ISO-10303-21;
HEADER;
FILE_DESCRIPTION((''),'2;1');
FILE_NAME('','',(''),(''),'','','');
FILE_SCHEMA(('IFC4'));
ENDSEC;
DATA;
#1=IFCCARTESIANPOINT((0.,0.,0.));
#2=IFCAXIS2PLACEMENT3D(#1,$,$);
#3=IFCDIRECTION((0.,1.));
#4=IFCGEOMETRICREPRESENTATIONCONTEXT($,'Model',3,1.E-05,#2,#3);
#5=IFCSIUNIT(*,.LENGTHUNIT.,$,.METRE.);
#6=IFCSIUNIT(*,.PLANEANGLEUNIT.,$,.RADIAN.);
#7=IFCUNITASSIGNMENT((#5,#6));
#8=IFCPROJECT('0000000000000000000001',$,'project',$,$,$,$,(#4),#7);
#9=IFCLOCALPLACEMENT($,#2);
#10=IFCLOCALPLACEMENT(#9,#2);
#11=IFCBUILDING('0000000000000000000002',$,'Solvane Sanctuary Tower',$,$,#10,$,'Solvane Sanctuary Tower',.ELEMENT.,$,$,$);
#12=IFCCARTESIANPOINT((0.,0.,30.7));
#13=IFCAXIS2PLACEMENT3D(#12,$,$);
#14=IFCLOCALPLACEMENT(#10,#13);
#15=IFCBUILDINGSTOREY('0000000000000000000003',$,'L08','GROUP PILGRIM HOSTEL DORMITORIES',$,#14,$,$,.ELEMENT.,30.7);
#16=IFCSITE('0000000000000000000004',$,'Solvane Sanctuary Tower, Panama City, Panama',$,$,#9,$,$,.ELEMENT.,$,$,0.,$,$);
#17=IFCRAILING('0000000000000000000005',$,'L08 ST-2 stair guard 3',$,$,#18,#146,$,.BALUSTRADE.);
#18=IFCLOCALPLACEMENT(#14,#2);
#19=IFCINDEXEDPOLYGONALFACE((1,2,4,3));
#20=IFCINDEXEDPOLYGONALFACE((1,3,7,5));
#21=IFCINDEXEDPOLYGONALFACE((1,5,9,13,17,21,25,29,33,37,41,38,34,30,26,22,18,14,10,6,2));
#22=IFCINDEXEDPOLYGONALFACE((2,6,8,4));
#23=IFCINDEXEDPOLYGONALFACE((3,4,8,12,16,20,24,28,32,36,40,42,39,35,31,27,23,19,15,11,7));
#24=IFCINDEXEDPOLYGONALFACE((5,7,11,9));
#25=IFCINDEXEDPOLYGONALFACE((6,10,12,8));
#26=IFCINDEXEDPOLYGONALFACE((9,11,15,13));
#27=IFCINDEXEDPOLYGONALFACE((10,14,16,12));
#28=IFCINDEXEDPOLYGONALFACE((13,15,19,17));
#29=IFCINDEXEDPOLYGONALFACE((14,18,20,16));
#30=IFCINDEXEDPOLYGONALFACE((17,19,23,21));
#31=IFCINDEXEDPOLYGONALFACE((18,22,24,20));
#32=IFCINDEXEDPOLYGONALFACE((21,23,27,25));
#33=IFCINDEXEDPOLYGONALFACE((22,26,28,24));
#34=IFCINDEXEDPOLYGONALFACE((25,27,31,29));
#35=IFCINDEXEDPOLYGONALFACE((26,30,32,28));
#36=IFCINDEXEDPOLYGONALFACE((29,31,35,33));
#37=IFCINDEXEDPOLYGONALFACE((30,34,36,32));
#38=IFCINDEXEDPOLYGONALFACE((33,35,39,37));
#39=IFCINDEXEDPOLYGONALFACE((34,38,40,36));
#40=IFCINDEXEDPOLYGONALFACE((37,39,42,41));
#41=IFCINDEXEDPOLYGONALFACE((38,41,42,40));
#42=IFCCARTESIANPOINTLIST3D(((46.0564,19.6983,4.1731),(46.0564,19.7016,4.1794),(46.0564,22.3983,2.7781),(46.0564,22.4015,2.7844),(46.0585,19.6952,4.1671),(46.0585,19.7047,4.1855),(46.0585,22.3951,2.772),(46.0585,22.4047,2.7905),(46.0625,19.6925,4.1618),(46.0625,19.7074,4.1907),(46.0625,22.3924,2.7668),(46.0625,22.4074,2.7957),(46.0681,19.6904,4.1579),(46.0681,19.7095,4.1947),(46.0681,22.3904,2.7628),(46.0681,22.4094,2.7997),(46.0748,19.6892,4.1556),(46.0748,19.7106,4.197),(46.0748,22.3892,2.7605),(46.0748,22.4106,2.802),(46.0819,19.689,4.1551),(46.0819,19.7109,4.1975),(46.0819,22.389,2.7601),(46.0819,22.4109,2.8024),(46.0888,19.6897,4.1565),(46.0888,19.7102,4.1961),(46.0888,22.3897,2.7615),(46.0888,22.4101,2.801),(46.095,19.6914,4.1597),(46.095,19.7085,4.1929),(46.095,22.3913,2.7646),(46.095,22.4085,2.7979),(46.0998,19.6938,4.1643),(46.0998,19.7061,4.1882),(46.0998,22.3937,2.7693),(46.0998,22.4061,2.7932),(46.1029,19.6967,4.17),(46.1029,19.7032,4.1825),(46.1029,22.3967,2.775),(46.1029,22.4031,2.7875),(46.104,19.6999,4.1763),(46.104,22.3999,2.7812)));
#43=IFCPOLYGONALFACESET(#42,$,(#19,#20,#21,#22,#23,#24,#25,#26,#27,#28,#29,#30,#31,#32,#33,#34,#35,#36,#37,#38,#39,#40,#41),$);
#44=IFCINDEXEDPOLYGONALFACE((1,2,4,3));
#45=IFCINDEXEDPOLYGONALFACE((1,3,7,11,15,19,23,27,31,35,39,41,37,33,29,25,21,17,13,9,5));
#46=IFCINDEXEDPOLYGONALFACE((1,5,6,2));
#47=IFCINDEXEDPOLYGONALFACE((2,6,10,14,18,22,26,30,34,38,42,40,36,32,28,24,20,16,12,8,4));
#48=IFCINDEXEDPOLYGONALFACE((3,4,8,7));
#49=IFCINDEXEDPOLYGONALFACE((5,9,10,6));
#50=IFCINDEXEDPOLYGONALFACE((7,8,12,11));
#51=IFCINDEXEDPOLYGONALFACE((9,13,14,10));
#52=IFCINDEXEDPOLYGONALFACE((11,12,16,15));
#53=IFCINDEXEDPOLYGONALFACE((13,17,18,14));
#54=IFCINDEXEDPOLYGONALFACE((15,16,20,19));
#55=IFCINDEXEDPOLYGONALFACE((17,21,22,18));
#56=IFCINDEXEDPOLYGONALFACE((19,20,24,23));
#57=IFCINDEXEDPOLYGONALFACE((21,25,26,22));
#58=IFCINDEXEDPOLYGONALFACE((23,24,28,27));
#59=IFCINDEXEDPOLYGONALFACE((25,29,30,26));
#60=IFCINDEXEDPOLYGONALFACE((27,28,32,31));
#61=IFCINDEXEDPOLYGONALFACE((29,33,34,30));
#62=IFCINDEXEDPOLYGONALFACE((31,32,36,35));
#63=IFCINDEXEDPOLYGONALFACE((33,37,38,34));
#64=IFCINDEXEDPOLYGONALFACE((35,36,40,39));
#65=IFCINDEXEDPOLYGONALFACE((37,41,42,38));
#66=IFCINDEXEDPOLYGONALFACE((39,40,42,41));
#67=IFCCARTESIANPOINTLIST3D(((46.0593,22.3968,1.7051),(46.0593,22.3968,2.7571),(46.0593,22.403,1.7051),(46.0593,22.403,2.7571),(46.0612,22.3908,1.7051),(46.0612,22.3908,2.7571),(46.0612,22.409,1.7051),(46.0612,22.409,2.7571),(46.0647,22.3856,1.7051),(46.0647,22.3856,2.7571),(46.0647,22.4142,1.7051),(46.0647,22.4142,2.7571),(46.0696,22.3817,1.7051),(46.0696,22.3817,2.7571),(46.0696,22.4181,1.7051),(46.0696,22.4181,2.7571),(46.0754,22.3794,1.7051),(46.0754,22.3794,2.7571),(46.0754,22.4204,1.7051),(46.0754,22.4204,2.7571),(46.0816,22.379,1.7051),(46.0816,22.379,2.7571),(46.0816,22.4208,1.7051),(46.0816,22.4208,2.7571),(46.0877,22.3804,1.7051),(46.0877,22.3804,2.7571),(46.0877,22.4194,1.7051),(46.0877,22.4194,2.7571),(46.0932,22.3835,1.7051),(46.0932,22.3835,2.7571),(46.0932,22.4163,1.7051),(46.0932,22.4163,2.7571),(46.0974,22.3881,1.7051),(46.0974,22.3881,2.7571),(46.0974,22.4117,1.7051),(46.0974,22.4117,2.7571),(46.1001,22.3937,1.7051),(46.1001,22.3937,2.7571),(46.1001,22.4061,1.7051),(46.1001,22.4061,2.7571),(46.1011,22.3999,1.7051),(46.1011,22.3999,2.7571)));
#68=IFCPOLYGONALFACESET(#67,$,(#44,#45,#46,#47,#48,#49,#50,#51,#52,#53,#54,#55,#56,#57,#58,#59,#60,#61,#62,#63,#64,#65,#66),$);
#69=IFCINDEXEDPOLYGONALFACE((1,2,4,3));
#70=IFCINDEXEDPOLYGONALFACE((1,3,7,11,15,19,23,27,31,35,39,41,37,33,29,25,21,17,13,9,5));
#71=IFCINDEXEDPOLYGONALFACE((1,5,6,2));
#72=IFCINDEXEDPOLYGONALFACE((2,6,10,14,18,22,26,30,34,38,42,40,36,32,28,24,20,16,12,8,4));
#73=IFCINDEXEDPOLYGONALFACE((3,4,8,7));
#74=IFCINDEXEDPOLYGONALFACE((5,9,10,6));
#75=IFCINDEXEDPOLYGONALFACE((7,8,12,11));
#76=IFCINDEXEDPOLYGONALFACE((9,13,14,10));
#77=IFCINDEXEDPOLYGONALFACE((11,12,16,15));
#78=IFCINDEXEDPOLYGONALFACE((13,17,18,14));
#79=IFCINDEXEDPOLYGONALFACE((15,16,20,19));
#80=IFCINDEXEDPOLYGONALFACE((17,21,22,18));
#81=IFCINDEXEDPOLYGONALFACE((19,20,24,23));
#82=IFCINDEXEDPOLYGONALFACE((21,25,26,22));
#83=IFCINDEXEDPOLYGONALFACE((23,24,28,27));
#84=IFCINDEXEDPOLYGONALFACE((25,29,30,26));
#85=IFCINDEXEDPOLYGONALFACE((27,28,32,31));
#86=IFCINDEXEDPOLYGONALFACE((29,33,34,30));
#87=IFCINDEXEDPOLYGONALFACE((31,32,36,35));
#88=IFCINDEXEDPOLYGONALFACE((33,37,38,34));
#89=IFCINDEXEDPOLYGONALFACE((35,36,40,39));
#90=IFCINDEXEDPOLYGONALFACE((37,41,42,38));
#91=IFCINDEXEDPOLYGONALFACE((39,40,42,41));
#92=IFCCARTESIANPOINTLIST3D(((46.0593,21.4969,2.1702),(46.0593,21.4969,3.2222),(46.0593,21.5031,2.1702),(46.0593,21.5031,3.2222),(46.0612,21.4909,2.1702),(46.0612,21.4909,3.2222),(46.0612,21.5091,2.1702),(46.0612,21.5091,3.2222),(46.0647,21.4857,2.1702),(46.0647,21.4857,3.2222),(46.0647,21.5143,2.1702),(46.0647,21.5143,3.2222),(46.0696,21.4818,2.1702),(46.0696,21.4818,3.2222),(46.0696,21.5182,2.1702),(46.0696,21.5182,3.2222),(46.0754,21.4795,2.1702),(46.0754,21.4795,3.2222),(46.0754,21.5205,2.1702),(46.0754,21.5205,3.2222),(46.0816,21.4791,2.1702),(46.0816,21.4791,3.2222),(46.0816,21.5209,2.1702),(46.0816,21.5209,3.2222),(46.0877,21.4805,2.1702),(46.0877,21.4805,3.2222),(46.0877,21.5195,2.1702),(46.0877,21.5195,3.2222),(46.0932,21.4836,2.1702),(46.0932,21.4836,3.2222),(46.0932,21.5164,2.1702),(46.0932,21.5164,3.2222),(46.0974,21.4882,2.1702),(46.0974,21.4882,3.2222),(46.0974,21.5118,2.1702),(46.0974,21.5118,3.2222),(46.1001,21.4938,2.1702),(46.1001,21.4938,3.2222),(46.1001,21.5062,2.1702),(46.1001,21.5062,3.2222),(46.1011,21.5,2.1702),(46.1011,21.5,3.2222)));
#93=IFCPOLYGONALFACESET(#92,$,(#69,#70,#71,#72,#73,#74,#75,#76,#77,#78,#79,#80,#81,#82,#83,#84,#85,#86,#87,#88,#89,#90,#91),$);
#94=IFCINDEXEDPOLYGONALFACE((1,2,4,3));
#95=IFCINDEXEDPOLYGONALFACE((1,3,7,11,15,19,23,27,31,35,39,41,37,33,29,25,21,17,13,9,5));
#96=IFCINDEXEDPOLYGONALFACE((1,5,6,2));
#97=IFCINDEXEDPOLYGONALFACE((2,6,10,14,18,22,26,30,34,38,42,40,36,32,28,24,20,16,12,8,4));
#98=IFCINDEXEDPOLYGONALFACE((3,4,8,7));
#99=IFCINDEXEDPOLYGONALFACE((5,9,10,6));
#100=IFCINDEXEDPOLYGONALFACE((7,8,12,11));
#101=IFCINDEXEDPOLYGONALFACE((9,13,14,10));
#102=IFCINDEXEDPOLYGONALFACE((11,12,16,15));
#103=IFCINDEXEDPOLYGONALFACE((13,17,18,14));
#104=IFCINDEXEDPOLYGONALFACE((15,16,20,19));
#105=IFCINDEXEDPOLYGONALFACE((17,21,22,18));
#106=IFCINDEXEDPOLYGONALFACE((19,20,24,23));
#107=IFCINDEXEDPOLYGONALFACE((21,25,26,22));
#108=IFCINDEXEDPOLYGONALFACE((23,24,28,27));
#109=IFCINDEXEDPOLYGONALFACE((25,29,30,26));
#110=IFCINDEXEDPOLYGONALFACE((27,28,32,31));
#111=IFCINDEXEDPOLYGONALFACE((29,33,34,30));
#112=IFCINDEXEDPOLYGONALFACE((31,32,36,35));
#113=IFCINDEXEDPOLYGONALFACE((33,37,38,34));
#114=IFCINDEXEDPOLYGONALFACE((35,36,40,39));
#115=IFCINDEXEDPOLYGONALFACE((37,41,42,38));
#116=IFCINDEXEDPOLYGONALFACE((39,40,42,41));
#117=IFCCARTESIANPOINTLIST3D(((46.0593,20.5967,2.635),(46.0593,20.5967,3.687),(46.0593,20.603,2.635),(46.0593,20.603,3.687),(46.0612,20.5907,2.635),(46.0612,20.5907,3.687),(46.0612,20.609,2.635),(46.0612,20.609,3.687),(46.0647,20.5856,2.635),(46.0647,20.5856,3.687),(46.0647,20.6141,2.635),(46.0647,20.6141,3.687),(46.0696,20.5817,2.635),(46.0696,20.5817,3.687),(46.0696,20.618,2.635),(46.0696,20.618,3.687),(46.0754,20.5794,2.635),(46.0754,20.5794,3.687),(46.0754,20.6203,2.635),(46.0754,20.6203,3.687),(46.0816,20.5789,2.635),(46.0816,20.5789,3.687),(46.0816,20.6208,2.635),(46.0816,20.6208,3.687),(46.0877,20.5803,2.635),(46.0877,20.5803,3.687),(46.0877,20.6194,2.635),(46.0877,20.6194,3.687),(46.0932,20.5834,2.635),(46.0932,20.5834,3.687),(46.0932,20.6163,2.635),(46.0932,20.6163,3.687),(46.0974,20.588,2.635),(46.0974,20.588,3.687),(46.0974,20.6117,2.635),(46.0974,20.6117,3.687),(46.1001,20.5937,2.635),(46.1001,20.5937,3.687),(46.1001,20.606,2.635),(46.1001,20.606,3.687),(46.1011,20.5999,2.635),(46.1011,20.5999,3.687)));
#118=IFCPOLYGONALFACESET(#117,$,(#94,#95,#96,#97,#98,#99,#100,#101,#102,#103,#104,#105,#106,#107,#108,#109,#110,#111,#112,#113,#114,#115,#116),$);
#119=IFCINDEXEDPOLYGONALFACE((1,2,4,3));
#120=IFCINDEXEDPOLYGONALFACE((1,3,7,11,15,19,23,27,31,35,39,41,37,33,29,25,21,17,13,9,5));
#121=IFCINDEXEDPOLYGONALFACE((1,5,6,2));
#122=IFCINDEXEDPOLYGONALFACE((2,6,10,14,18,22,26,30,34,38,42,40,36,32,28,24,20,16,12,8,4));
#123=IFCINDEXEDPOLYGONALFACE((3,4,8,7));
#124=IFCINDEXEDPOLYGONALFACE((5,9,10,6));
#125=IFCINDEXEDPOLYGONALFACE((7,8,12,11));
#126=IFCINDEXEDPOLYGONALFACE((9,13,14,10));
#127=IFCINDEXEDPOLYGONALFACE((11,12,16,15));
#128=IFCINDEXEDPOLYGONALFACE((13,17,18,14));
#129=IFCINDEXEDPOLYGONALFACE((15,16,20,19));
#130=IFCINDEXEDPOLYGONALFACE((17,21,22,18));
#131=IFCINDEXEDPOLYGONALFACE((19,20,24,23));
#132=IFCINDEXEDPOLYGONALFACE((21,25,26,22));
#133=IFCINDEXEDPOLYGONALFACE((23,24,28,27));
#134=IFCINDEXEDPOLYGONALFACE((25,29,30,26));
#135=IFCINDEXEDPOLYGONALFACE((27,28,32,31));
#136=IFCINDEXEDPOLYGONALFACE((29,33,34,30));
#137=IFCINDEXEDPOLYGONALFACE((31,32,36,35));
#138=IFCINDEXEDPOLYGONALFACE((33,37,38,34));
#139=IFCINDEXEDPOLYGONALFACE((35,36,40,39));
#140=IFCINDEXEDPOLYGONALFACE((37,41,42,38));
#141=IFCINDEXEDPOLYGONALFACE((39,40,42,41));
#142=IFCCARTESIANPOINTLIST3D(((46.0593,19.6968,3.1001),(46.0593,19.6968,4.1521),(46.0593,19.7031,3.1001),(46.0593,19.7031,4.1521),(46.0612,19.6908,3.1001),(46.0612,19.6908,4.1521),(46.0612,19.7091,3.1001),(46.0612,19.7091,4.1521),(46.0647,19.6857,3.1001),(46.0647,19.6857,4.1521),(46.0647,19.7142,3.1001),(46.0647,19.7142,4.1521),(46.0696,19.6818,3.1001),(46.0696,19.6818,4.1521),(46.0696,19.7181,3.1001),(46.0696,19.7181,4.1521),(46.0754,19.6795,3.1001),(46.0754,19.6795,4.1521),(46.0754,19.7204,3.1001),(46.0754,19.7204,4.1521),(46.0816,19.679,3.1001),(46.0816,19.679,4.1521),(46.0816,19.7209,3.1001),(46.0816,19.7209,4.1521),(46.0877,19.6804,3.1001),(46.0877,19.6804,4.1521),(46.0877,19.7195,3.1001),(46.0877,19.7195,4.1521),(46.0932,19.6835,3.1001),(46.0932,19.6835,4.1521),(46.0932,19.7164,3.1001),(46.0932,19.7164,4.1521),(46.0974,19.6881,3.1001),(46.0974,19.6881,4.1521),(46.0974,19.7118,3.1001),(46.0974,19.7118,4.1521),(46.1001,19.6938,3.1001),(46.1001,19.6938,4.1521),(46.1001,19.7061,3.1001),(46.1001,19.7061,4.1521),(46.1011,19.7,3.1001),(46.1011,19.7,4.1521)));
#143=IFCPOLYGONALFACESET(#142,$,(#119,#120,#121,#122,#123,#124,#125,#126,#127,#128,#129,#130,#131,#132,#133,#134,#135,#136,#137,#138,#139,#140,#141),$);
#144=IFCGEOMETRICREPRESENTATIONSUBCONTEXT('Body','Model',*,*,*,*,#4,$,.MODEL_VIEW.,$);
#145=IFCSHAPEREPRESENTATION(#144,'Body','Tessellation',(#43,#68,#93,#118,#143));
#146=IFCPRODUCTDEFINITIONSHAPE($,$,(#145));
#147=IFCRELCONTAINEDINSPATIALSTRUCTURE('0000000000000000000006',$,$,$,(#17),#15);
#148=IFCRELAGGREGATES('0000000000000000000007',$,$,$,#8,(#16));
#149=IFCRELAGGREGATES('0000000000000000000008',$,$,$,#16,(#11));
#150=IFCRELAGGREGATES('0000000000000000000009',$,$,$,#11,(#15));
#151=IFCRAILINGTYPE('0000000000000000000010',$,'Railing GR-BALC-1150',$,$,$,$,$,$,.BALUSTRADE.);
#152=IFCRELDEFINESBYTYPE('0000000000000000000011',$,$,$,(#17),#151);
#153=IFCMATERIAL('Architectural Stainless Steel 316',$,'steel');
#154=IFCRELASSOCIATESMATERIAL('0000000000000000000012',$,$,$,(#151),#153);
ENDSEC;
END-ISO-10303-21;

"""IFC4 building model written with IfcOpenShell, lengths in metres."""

from ifc_helpers import new_model, si_unit, direction, frame, origin, origin_2d, place, context, subcontext, project, spatial, circle, extrude, material, type_object, element, save


model = new_model("IFC4")

# Units and contexts
model_context = context("Model", 3, precision=1e-05, world=origin(), true_north=direction((0.0, 1.0)))
body_context = subcontext(model_context, "Body", "Model", "MODEL_VIEW")
ifc_project = project(units=[si_unit("LENGTHUNIT", "METRE"), si_unit("PLANEANGLEUNIT", "RADIAN")], contexts=[model_context])

# Site, building, storey
site_placement = place(None, origin())
site = spatial("IfcSite", under=ifc_project, at=site_placement, Name="Solvane Sanctuary Tower, Panama City, Panama", CompositionType="ELEMENT", RefElevation=0.0)
building_placement = place(site_placement, origin())
building = spatial("IfcBuilding", under=site, at=building_placement, Name="Solvane Sanctuary Tower", LongName="Solvane Sanctuary Tower", CompositionType="ELEMENT")
storey_placement = place(building_placement, frame((0.0, 0.0, 30.7)))
storey = spatial("IfcBuildingStorey", under=building, at=storey_placement, Name="L08", Description="GROUP PILGRIM HOSTEL DORMITORIES", CompositionType="ELEMENT", Elevation=30.7)

# Shared definitions
ifc_material_1 = material(Name="Architectural Stainless Steel 316", Category="steel")

# Railing
railing_type_1 = type_object("IfcRailingType", Name="Railing GR-BALC-1150", PredefinedType="BALUSTRADE", material=ifc_material_1)
railing_1_placement = place(storey_placement, frame((46.0801, 22.3999, 1.7051)))
element("IfcRailing", 1, at=railing_1_placement, inside=storey, type_object=railing_type_1, Name="L08 ST-2 stair guard 3", PredefinedType="BALUSTRADE", context=body_context, shape_type="SweptSolid", body=[
    extrude(circle(Radius=0.0239, at=origin_2d()), frame((0.0, 0.0, 1.0762), z_axis=(0.0, -0.88842, 0.459032), x_axis=(1.0, 0.0, 0.0)), (0.0, 0.0, 1.0), 3.0391),
    extrude(circle(Radius=0.021, at=origin_2d()), origin(), (0.0, 0.0, 1.0), 1.052),
    extrude(circle(Radius=0.021, at=origin_2d()), frame((0.0, -0.8999, 0.4651)), (0.0, 0.0, 1.0), 1.052),
    extrude(circle(Radius=0.021, at=origin_2d()), frame((0.0, -1.8, 0.9299)), (0.0, 0.0, 1.0), 1.052),
    extrude(circle(Radius=0.021, at=origin_2d()), frame((0.0, -2.7, 1.395)), (0.0, 0.0, 1.0), 1.052),
])

save(model, "model.ifc")
